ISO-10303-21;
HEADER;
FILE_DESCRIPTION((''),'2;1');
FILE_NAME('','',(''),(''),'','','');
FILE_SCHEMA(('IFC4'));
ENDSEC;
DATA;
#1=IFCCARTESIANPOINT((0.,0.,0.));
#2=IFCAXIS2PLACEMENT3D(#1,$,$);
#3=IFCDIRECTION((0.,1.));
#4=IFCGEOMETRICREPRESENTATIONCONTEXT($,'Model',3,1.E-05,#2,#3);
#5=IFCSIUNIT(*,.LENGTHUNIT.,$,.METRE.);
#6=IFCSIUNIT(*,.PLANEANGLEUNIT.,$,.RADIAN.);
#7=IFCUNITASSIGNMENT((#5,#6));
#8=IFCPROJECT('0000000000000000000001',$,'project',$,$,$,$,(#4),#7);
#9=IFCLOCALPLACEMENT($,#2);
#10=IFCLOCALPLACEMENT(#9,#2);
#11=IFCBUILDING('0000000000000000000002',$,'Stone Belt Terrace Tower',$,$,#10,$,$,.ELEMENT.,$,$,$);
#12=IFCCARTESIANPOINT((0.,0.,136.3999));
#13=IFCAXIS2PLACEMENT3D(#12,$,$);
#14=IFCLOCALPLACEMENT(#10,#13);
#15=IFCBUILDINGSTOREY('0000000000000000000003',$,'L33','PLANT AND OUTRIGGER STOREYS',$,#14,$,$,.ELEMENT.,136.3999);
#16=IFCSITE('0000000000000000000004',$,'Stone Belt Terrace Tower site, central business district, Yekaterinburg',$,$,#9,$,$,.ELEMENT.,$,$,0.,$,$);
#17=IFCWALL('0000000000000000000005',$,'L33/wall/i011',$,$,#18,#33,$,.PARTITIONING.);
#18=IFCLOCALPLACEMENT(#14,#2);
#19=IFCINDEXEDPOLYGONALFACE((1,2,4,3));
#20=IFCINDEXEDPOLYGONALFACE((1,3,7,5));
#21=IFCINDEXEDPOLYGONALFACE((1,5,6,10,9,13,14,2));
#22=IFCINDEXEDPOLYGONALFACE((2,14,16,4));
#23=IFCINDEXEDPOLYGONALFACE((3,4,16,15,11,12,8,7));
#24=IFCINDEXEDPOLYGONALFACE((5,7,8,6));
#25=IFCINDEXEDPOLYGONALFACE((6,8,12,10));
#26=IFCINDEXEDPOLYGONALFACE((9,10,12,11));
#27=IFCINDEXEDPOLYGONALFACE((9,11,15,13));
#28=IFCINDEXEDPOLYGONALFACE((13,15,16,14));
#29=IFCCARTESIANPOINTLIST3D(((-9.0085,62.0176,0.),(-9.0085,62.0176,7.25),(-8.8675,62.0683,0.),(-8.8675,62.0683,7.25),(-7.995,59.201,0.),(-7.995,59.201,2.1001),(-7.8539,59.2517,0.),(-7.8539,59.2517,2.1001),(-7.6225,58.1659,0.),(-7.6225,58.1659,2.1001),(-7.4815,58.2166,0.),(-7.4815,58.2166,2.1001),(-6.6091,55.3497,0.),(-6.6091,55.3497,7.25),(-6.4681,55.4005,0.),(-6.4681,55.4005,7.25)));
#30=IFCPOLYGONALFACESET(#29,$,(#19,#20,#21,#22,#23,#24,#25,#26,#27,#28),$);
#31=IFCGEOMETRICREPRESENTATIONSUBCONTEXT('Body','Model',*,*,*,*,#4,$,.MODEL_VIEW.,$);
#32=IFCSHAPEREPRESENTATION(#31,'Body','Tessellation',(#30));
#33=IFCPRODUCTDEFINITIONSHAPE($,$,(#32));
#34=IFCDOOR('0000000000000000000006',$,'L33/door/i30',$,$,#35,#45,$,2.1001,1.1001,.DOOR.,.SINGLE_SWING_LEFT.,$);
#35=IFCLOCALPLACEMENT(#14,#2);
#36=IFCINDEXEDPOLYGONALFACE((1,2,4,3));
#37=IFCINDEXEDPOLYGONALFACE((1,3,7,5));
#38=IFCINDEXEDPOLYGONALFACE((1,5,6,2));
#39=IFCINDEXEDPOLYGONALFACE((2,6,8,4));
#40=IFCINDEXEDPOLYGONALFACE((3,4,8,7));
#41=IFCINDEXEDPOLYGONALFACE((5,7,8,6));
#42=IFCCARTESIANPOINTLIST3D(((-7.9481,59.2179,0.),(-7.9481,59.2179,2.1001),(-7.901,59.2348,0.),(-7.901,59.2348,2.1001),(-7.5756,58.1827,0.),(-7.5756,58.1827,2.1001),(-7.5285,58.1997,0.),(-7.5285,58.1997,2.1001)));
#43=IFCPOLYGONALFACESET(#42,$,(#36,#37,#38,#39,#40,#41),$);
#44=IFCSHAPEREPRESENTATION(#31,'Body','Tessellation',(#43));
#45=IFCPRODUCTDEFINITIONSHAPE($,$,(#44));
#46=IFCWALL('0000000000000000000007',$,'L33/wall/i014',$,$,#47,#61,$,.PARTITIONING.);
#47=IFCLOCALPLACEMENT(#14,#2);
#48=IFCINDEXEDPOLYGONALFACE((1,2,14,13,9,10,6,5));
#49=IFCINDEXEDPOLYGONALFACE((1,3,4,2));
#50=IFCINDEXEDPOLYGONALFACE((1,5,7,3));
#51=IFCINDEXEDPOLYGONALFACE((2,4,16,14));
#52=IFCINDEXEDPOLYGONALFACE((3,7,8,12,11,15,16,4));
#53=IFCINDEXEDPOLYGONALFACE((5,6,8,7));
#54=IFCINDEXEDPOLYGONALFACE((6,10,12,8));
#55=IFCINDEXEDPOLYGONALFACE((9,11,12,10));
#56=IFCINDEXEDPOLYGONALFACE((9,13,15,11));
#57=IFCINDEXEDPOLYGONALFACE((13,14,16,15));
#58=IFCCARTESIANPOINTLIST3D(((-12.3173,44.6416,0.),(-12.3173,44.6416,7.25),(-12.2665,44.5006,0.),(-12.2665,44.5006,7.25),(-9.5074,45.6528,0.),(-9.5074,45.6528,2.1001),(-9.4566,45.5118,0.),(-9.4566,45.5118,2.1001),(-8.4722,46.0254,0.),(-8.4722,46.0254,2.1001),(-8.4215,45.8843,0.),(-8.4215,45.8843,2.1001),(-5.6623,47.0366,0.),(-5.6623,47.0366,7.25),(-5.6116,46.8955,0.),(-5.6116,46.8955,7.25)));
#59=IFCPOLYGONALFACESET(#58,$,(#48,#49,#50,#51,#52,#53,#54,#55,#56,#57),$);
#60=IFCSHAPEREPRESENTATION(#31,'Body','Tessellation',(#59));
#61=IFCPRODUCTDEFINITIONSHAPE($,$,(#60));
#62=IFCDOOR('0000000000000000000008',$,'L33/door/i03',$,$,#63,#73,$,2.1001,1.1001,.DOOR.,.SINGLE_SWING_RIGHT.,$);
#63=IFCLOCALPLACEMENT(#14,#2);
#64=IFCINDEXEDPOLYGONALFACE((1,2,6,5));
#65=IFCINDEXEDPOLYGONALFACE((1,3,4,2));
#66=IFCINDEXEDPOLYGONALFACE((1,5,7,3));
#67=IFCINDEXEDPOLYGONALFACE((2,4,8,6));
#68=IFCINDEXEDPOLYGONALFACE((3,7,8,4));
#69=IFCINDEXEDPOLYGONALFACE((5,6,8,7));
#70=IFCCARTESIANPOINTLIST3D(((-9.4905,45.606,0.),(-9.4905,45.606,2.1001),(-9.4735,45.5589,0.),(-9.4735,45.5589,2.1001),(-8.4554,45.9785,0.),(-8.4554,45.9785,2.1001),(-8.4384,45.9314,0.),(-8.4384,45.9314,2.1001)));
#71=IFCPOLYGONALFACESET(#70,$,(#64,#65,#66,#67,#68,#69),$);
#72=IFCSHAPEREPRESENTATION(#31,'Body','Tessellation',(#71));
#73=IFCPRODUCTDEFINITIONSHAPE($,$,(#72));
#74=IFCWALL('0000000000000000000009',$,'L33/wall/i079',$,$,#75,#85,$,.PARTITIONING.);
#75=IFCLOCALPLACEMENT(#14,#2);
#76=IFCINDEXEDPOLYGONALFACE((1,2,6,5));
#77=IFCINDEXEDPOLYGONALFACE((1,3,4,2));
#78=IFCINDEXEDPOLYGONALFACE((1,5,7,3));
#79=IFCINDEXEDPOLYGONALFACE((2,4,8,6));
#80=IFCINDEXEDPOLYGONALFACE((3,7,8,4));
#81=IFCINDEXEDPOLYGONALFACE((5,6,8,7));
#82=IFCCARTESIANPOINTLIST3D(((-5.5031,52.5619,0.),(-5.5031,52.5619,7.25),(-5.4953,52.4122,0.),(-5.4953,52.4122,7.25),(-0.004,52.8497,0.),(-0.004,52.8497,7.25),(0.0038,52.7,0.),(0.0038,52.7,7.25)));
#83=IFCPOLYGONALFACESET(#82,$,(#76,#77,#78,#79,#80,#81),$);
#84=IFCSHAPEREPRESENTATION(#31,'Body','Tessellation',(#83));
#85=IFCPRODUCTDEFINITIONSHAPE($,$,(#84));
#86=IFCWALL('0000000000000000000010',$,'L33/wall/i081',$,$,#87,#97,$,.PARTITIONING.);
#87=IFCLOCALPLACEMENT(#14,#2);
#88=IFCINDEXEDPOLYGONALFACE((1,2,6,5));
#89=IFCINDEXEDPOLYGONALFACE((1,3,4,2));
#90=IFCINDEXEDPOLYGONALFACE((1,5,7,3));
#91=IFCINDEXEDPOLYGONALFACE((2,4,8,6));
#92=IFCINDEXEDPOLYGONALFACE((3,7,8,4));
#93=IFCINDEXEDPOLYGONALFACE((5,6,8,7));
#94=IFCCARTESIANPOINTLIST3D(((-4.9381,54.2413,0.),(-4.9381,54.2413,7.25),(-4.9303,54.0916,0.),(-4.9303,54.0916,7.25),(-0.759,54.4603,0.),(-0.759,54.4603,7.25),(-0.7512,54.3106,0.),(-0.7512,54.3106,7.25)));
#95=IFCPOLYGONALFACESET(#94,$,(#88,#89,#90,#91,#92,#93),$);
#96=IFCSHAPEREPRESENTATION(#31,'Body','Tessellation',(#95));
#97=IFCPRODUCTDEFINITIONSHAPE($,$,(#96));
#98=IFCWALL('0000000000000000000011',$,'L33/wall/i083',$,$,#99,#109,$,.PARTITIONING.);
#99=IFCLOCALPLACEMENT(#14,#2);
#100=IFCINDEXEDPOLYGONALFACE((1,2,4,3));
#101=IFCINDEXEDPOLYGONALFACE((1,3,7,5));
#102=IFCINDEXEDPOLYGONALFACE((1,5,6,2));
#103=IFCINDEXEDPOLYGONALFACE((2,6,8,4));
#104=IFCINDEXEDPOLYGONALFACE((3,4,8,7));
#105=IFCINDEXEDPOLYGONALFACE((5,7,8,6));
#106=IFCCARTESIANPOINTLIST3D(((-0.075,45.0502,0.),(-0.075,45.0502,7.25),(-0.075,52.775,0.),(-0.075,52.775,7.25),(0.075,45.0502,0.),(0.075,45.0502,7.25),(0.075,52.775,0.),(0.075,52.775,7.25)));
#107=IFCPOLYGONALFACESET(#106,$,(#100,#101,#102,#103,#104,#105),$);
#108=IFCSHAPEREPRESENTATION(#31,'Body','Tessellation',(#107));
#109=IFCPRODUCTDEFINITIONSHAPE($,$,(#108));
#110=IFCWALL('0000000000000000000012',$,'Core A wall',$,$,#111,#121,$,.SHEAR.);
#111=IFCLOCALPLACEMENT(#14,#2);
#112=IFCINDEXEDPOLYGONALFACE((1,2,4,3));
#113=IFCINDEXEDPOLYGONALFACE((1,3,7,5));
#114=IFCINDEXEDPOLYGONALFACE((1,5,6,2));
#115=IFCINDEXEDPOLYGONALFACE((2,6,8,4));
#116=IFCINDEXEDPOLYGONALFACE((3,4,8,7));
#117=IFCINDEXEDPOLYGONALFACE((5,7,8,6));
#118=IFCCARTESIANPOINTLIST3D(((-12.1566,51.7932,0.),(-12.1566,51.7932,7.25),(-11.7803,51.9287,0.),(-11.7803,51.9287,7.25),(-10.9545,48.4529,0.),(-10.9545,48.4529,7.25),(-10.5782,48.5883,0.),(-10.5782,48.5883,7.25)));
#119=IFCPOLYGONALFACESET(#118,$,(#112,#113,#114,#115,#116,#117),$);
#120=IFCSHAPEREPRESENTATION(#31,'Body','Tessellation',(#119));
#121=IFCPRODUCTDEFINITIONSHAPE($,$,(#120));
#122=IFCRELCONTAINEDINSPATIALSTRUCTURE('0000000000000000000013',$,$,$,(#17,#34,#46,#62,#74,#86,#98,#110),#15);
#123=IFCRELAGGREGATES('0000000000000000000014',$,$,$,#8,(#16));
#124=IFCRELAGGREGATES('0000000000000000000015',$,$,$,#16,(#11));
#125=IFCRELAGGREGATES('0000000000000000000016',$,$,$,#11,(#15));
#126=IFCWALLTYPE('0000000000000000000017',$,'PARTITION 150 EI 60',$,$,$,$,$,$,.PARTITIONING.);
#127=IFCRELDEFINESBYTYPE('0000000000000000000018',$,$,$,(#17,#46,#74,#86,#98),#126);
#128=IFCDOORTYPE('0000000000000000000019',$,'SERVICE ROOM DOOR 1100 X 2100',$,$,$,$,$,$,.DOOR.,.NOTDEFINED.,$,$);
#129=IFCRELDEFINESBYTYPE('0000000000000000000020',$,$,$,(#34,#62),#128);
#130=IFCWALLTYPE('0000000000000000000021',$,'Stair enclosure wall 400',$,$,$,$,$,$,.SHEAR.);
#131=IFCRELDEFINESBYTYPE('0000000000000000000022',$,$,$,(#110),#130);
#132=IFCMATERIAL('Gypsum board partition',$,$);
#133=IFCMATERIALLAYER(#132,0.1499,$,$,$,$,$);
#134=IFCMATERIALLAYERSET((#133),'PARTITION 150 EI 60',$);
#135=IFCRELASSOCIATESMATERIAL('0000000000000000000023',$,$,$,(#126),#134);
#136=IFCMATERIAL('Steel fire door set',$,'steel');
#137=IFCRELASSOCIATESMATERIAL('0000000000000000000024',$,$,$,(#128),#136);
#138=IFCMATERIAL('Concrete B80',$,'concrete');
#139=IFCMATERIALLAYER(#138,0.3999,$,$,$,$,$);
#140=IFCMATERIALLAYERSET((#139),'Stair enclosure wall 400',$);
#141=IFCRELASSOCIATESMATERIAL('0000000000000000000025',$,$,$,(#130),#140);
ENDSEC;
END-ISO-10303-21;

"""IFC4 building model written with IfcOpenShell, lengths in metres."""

from ifc_helpers import new_model, si_unit, direction, frame, frame_2d, origin, place, context, subcontext, project, spatial, rectangle, extrude, material, layer, layer_set, type_object, element, fill, save


model = new_model("IFC4")

# Units and contexts
model_context = context("Model", 3, precision=1e-05, world=origin(), true_north=direction((0.0, 1.0)))
body_context = subcontext(model_context, "Body", "Model", "MODEL_VIEW")
ifc_project = project(units=[si_unit("LENGTHUNIT", "METRE"), si_unit("PLANEANGLEUNIT", "RADIAN")], contexts=[model_context])

# Site, building, storey
site_placement = place(None, origin())
site = spatial("IfcSite", under=ifc_project, at=site_placement, Name="Stone Belt Terrace Tower site, central business district, Yekaterinburg", CompositionType="ELEMENT", RefElevation=0.0)
building_placement = place(site_placement, origin())
building = spatial("IfcBuilding", under=site, at=building_placement, Name="Stone Belt Terrace Tower", CompositionType="ELEMENT")
storey_placement = place(building_placement, frame((0.0, 0.0, 136.3999)))
storey = spatial("IfcBuildingStorey", under=building, at=storey_placement, Name="L33", Description="PLANT AND OUTRIGGER STOREYS", CompositionType="ELEMENT", Elevation=136.3999)

# Shared definitions
ifc_material_1 = material(Name="Concrete B80", Category="concrete")

# Walls, openings, doors
ifc_material_2 = material(Name="Gypsum board partition")
ifc_layer_1 = layer(ifc_material_2, 0.1499)
ifc_layer_set_1 = layer_set([ifc_layer_1], Name="PARTITION 150 EI 60")
wall_type_1 = type_object("IfcWallType", Name="PARTITION 150 EI 60", PredefinedType="PARTITIONING", material=ifc_layer_set_1)
ifc_material_3 = material(Name="Steel fire door set", Category="steel")
door_type_1 = type_object("IfcDoorType", Name="SERVICE ROOM DOOR 1100 X 2100", OperationType="NOTDEFINED", PredefinedType="DOOR", material=ifc_material_3)
wall_1_placement = place(storey_placement, frame((-8.938, 62.043, 0.0), z_axis=(0.0, 0.0, 1.0), x_axis=(0.338588, -0.940935, 0.0)))
wall_1 = element("IfcWall", 1, at=wall_1_placement, inside=storey, type_object=wall_type_1, Name="L33/wall/i011", PredefinedType="PARTITIONING", context=body_context, shape_type="SweptSolid", body=[
    extrude(rectangle(XDim=7.0864, YDim=0.1499, at=frame_2d((3.5432, 0.0))), origin(), (0.0, 0.0, 1.0), 7.25),
])
opening_1_placement = place(wall_1_placement, frame((2.9934, 0.0, 0.0)))
opening_1 = element("IfcOpeningElement", 2, at=opening_1_placement, cuts=wall_1, PredefinedType="OPENING", context=body_context, shape_type="SweptSolid", body=[
    extrude(rectangle(XDim=1.1001, YDim=2.1001, at=frame_2d((0.55, 1.05))), frame((0.0, 0.085, 0.0), z_axis=(0.0, -1.0, 0.0), x_axis=(1.0, 0.0, 0.0)), (0.0, 0.0, 1.0), 0.1699),
])
door_1_placement = place(opening_1_placement, origin())
door_1 = element("IfcDoor", 3, at=door_1_placement, inside=storey, type_object=door_type_1, Name="L33/door/i30", OperationType="SINGLE_SWING_LEFT", OverallHeight=2.1001, OverallWidth=1.1001, PredefinedType="DOOR", context=body_context, shape_type="SweptSolid", body=[
    extrude(rectangle(XDim=1.1001, YDim=2.1001, at=frame_2d((0.55, 1.05))), frame((0.0, 0.0249, 0.0), z_axis=(0.0, -1.0, 0.0), x_axis=(1.0, 0.0, 0.0)), (0.0, 0.0, 1.0), 0.05),
])
fill(opening_1, door_1)
wall_2_placement = place(storey_placement, frame((-5.637, 46.9661, 0.0), z_axis=(0.0, 0.0, 1.0), x_axis=(-0.940923, -0.33862, 0.0)))
wall_2 = element("IfcWall", 4, at=wall_2_placement, inside=storey, type_object=wall_type_1, Name="L33/wall/i014", PredefinedType="PARTITIONING", context=body_context, shape_type="SweptSolid", body=[
    extrude(rectangle(XDim=7.0728, YDim=0.1499, at=frame_2d((3.5364, 0.0))), origin(), (0.0, 0.0, 1.0), 7.25),
])
opening_2_placement = place(wall_2_placement, frame((2.9863, 0.0, 0.0)))
opening_2 = element("IfcOpeningElement", 5, at=opening_2_placement, cuts=wall_2, PredefinedType="OPENING", context=body_context, shape_type="SweptSolid", body=[
    extrude(rectangle(XDim=1.1001, YDim=2.1001, at=frame_2d((0.55, 1.05))), frame((0.0, 0.085, 0.0), z_axis=(0.0, -1.0, 0.0), x_axis=(1.0, 0.0, 0.0)), (0.0, 0.0, 1.0), 0.1699),
])
door_2_placement = place(opening_2_placement, origin())
door_2 = element("IfcDoor", 6, at=door_2_placement, inside=storey, type_object=door_type_1, Name="L33/door/i03", OperationType="SINGLE_SWING_RIGHT", OverallHeight=2.1001, OverallWidth=1.1001, PredefinedType="DOOR", context=body_context, shape_type="SweptSolid", body=[
    extrude(rectangle(XDim=1.1001, YDim=2.1001, at=frame_2d((0.55, 1.05))), frame((0.0, 0.0249, 0.0), z_axis=(0.0, -1.0, 0.0), x_axis=(1.0, 0.0, 0.0)), (0.0, 0.0, 1.0), 0.05),
])
fill(opening_2, door_2)

# Walls
wall_3_placement = place(storey_placement, frame((0.0, 52.7749, 0.0), z_axis=(0.0, 0.0, 1.0), x_axis=(-0.998633, -0.052273, 0.0)))
element("IfcWall", 7, at=wall_3_placement, inside=storey, type_object=wall_type_1, Name="L33/wall/i079", PredefinedType="PARTITIONING", context=body_context, shape_type="SweptSolid", body=[
    extrude(rectangle(XDim=5.5066, YDim=0.1499, at=frame_2d((2.7534, 0.0))), origin(), (0.0, 0.0, 1.0), 7.25),
])
wall_4_placement = place(storey_placement, frame((-4.9341, 54.1665, 0.0), z_axis=(0.0, 0.0, 1.0), x_axis=(0.99863, 0.052329, 0.0)))
element("IfcWall", 8, at=wall_4_placement, inside=storey, type_object=wall_type_1, Name="L33/wall/i081", PredefinedType="PARTITIONING", context=body_context, shape_type="SweptSolid", body=[
    extrude(rectangle(XDim=4.1848, YDim=0.1499, at=frame_2d((2.0923, 0.0))), origin(), (0.0, 0.0, 1.0), 7.25),
])
wall_5_placement = place(storey_placement, frame((0.0, 52.7749, 0.0), z_axis=(0.0, 0.0, 1.0), x_axis=(0.0, -1.0, 0.0)))
element("IfcWall", 9, at=wall_5_placement, inside=storey, type_object=wall_type_1, Name="L33/wall/i083", PredefinedType="PARTITIONING", context=body_context, shape_type="SweptSolid", body=[
    extrude(rectangle(XDim=7.7249, YDim=0.1499, at=frame_2d((3.8623, 0.0))), origin(), (0.0, 0.0, 1.0), 7.25),
])
ifc_layer_2 = layer(ifc_material_1, 0.3999)
ifc_layer_set_2 = layer_set([ifc_layer_2], Name="Stair enclosure wall 400")
wall_type_2 = type_object("IfcWallType", Name="Stair enclosure wall 400", PredefinedType="SHEAR", material=ifc_layer_set_2)
wall_6_placement = place(storey_placement, frame((-10.7664, 48.5208, 0.0), z_axis=(0.0, 0.0, 1.0), x_axis=(-0.338627, 0.940921, 0.0)))
element("IfcWall", 10, at=wall_6_placement, inside=storey, type_object=wall_type_2, Name="Core A wall", PredefinedType="SHEAR", context=body_context, shape_type="SweptSolid", body=[
    extrude(rectangle(XDim=3.55, YDim=0.3999, at=frame_2d((1.7749, 0.0))), origin(), (0.0, 0.0, 1.0), 7.25),
])

save(model, "model.ifc")
